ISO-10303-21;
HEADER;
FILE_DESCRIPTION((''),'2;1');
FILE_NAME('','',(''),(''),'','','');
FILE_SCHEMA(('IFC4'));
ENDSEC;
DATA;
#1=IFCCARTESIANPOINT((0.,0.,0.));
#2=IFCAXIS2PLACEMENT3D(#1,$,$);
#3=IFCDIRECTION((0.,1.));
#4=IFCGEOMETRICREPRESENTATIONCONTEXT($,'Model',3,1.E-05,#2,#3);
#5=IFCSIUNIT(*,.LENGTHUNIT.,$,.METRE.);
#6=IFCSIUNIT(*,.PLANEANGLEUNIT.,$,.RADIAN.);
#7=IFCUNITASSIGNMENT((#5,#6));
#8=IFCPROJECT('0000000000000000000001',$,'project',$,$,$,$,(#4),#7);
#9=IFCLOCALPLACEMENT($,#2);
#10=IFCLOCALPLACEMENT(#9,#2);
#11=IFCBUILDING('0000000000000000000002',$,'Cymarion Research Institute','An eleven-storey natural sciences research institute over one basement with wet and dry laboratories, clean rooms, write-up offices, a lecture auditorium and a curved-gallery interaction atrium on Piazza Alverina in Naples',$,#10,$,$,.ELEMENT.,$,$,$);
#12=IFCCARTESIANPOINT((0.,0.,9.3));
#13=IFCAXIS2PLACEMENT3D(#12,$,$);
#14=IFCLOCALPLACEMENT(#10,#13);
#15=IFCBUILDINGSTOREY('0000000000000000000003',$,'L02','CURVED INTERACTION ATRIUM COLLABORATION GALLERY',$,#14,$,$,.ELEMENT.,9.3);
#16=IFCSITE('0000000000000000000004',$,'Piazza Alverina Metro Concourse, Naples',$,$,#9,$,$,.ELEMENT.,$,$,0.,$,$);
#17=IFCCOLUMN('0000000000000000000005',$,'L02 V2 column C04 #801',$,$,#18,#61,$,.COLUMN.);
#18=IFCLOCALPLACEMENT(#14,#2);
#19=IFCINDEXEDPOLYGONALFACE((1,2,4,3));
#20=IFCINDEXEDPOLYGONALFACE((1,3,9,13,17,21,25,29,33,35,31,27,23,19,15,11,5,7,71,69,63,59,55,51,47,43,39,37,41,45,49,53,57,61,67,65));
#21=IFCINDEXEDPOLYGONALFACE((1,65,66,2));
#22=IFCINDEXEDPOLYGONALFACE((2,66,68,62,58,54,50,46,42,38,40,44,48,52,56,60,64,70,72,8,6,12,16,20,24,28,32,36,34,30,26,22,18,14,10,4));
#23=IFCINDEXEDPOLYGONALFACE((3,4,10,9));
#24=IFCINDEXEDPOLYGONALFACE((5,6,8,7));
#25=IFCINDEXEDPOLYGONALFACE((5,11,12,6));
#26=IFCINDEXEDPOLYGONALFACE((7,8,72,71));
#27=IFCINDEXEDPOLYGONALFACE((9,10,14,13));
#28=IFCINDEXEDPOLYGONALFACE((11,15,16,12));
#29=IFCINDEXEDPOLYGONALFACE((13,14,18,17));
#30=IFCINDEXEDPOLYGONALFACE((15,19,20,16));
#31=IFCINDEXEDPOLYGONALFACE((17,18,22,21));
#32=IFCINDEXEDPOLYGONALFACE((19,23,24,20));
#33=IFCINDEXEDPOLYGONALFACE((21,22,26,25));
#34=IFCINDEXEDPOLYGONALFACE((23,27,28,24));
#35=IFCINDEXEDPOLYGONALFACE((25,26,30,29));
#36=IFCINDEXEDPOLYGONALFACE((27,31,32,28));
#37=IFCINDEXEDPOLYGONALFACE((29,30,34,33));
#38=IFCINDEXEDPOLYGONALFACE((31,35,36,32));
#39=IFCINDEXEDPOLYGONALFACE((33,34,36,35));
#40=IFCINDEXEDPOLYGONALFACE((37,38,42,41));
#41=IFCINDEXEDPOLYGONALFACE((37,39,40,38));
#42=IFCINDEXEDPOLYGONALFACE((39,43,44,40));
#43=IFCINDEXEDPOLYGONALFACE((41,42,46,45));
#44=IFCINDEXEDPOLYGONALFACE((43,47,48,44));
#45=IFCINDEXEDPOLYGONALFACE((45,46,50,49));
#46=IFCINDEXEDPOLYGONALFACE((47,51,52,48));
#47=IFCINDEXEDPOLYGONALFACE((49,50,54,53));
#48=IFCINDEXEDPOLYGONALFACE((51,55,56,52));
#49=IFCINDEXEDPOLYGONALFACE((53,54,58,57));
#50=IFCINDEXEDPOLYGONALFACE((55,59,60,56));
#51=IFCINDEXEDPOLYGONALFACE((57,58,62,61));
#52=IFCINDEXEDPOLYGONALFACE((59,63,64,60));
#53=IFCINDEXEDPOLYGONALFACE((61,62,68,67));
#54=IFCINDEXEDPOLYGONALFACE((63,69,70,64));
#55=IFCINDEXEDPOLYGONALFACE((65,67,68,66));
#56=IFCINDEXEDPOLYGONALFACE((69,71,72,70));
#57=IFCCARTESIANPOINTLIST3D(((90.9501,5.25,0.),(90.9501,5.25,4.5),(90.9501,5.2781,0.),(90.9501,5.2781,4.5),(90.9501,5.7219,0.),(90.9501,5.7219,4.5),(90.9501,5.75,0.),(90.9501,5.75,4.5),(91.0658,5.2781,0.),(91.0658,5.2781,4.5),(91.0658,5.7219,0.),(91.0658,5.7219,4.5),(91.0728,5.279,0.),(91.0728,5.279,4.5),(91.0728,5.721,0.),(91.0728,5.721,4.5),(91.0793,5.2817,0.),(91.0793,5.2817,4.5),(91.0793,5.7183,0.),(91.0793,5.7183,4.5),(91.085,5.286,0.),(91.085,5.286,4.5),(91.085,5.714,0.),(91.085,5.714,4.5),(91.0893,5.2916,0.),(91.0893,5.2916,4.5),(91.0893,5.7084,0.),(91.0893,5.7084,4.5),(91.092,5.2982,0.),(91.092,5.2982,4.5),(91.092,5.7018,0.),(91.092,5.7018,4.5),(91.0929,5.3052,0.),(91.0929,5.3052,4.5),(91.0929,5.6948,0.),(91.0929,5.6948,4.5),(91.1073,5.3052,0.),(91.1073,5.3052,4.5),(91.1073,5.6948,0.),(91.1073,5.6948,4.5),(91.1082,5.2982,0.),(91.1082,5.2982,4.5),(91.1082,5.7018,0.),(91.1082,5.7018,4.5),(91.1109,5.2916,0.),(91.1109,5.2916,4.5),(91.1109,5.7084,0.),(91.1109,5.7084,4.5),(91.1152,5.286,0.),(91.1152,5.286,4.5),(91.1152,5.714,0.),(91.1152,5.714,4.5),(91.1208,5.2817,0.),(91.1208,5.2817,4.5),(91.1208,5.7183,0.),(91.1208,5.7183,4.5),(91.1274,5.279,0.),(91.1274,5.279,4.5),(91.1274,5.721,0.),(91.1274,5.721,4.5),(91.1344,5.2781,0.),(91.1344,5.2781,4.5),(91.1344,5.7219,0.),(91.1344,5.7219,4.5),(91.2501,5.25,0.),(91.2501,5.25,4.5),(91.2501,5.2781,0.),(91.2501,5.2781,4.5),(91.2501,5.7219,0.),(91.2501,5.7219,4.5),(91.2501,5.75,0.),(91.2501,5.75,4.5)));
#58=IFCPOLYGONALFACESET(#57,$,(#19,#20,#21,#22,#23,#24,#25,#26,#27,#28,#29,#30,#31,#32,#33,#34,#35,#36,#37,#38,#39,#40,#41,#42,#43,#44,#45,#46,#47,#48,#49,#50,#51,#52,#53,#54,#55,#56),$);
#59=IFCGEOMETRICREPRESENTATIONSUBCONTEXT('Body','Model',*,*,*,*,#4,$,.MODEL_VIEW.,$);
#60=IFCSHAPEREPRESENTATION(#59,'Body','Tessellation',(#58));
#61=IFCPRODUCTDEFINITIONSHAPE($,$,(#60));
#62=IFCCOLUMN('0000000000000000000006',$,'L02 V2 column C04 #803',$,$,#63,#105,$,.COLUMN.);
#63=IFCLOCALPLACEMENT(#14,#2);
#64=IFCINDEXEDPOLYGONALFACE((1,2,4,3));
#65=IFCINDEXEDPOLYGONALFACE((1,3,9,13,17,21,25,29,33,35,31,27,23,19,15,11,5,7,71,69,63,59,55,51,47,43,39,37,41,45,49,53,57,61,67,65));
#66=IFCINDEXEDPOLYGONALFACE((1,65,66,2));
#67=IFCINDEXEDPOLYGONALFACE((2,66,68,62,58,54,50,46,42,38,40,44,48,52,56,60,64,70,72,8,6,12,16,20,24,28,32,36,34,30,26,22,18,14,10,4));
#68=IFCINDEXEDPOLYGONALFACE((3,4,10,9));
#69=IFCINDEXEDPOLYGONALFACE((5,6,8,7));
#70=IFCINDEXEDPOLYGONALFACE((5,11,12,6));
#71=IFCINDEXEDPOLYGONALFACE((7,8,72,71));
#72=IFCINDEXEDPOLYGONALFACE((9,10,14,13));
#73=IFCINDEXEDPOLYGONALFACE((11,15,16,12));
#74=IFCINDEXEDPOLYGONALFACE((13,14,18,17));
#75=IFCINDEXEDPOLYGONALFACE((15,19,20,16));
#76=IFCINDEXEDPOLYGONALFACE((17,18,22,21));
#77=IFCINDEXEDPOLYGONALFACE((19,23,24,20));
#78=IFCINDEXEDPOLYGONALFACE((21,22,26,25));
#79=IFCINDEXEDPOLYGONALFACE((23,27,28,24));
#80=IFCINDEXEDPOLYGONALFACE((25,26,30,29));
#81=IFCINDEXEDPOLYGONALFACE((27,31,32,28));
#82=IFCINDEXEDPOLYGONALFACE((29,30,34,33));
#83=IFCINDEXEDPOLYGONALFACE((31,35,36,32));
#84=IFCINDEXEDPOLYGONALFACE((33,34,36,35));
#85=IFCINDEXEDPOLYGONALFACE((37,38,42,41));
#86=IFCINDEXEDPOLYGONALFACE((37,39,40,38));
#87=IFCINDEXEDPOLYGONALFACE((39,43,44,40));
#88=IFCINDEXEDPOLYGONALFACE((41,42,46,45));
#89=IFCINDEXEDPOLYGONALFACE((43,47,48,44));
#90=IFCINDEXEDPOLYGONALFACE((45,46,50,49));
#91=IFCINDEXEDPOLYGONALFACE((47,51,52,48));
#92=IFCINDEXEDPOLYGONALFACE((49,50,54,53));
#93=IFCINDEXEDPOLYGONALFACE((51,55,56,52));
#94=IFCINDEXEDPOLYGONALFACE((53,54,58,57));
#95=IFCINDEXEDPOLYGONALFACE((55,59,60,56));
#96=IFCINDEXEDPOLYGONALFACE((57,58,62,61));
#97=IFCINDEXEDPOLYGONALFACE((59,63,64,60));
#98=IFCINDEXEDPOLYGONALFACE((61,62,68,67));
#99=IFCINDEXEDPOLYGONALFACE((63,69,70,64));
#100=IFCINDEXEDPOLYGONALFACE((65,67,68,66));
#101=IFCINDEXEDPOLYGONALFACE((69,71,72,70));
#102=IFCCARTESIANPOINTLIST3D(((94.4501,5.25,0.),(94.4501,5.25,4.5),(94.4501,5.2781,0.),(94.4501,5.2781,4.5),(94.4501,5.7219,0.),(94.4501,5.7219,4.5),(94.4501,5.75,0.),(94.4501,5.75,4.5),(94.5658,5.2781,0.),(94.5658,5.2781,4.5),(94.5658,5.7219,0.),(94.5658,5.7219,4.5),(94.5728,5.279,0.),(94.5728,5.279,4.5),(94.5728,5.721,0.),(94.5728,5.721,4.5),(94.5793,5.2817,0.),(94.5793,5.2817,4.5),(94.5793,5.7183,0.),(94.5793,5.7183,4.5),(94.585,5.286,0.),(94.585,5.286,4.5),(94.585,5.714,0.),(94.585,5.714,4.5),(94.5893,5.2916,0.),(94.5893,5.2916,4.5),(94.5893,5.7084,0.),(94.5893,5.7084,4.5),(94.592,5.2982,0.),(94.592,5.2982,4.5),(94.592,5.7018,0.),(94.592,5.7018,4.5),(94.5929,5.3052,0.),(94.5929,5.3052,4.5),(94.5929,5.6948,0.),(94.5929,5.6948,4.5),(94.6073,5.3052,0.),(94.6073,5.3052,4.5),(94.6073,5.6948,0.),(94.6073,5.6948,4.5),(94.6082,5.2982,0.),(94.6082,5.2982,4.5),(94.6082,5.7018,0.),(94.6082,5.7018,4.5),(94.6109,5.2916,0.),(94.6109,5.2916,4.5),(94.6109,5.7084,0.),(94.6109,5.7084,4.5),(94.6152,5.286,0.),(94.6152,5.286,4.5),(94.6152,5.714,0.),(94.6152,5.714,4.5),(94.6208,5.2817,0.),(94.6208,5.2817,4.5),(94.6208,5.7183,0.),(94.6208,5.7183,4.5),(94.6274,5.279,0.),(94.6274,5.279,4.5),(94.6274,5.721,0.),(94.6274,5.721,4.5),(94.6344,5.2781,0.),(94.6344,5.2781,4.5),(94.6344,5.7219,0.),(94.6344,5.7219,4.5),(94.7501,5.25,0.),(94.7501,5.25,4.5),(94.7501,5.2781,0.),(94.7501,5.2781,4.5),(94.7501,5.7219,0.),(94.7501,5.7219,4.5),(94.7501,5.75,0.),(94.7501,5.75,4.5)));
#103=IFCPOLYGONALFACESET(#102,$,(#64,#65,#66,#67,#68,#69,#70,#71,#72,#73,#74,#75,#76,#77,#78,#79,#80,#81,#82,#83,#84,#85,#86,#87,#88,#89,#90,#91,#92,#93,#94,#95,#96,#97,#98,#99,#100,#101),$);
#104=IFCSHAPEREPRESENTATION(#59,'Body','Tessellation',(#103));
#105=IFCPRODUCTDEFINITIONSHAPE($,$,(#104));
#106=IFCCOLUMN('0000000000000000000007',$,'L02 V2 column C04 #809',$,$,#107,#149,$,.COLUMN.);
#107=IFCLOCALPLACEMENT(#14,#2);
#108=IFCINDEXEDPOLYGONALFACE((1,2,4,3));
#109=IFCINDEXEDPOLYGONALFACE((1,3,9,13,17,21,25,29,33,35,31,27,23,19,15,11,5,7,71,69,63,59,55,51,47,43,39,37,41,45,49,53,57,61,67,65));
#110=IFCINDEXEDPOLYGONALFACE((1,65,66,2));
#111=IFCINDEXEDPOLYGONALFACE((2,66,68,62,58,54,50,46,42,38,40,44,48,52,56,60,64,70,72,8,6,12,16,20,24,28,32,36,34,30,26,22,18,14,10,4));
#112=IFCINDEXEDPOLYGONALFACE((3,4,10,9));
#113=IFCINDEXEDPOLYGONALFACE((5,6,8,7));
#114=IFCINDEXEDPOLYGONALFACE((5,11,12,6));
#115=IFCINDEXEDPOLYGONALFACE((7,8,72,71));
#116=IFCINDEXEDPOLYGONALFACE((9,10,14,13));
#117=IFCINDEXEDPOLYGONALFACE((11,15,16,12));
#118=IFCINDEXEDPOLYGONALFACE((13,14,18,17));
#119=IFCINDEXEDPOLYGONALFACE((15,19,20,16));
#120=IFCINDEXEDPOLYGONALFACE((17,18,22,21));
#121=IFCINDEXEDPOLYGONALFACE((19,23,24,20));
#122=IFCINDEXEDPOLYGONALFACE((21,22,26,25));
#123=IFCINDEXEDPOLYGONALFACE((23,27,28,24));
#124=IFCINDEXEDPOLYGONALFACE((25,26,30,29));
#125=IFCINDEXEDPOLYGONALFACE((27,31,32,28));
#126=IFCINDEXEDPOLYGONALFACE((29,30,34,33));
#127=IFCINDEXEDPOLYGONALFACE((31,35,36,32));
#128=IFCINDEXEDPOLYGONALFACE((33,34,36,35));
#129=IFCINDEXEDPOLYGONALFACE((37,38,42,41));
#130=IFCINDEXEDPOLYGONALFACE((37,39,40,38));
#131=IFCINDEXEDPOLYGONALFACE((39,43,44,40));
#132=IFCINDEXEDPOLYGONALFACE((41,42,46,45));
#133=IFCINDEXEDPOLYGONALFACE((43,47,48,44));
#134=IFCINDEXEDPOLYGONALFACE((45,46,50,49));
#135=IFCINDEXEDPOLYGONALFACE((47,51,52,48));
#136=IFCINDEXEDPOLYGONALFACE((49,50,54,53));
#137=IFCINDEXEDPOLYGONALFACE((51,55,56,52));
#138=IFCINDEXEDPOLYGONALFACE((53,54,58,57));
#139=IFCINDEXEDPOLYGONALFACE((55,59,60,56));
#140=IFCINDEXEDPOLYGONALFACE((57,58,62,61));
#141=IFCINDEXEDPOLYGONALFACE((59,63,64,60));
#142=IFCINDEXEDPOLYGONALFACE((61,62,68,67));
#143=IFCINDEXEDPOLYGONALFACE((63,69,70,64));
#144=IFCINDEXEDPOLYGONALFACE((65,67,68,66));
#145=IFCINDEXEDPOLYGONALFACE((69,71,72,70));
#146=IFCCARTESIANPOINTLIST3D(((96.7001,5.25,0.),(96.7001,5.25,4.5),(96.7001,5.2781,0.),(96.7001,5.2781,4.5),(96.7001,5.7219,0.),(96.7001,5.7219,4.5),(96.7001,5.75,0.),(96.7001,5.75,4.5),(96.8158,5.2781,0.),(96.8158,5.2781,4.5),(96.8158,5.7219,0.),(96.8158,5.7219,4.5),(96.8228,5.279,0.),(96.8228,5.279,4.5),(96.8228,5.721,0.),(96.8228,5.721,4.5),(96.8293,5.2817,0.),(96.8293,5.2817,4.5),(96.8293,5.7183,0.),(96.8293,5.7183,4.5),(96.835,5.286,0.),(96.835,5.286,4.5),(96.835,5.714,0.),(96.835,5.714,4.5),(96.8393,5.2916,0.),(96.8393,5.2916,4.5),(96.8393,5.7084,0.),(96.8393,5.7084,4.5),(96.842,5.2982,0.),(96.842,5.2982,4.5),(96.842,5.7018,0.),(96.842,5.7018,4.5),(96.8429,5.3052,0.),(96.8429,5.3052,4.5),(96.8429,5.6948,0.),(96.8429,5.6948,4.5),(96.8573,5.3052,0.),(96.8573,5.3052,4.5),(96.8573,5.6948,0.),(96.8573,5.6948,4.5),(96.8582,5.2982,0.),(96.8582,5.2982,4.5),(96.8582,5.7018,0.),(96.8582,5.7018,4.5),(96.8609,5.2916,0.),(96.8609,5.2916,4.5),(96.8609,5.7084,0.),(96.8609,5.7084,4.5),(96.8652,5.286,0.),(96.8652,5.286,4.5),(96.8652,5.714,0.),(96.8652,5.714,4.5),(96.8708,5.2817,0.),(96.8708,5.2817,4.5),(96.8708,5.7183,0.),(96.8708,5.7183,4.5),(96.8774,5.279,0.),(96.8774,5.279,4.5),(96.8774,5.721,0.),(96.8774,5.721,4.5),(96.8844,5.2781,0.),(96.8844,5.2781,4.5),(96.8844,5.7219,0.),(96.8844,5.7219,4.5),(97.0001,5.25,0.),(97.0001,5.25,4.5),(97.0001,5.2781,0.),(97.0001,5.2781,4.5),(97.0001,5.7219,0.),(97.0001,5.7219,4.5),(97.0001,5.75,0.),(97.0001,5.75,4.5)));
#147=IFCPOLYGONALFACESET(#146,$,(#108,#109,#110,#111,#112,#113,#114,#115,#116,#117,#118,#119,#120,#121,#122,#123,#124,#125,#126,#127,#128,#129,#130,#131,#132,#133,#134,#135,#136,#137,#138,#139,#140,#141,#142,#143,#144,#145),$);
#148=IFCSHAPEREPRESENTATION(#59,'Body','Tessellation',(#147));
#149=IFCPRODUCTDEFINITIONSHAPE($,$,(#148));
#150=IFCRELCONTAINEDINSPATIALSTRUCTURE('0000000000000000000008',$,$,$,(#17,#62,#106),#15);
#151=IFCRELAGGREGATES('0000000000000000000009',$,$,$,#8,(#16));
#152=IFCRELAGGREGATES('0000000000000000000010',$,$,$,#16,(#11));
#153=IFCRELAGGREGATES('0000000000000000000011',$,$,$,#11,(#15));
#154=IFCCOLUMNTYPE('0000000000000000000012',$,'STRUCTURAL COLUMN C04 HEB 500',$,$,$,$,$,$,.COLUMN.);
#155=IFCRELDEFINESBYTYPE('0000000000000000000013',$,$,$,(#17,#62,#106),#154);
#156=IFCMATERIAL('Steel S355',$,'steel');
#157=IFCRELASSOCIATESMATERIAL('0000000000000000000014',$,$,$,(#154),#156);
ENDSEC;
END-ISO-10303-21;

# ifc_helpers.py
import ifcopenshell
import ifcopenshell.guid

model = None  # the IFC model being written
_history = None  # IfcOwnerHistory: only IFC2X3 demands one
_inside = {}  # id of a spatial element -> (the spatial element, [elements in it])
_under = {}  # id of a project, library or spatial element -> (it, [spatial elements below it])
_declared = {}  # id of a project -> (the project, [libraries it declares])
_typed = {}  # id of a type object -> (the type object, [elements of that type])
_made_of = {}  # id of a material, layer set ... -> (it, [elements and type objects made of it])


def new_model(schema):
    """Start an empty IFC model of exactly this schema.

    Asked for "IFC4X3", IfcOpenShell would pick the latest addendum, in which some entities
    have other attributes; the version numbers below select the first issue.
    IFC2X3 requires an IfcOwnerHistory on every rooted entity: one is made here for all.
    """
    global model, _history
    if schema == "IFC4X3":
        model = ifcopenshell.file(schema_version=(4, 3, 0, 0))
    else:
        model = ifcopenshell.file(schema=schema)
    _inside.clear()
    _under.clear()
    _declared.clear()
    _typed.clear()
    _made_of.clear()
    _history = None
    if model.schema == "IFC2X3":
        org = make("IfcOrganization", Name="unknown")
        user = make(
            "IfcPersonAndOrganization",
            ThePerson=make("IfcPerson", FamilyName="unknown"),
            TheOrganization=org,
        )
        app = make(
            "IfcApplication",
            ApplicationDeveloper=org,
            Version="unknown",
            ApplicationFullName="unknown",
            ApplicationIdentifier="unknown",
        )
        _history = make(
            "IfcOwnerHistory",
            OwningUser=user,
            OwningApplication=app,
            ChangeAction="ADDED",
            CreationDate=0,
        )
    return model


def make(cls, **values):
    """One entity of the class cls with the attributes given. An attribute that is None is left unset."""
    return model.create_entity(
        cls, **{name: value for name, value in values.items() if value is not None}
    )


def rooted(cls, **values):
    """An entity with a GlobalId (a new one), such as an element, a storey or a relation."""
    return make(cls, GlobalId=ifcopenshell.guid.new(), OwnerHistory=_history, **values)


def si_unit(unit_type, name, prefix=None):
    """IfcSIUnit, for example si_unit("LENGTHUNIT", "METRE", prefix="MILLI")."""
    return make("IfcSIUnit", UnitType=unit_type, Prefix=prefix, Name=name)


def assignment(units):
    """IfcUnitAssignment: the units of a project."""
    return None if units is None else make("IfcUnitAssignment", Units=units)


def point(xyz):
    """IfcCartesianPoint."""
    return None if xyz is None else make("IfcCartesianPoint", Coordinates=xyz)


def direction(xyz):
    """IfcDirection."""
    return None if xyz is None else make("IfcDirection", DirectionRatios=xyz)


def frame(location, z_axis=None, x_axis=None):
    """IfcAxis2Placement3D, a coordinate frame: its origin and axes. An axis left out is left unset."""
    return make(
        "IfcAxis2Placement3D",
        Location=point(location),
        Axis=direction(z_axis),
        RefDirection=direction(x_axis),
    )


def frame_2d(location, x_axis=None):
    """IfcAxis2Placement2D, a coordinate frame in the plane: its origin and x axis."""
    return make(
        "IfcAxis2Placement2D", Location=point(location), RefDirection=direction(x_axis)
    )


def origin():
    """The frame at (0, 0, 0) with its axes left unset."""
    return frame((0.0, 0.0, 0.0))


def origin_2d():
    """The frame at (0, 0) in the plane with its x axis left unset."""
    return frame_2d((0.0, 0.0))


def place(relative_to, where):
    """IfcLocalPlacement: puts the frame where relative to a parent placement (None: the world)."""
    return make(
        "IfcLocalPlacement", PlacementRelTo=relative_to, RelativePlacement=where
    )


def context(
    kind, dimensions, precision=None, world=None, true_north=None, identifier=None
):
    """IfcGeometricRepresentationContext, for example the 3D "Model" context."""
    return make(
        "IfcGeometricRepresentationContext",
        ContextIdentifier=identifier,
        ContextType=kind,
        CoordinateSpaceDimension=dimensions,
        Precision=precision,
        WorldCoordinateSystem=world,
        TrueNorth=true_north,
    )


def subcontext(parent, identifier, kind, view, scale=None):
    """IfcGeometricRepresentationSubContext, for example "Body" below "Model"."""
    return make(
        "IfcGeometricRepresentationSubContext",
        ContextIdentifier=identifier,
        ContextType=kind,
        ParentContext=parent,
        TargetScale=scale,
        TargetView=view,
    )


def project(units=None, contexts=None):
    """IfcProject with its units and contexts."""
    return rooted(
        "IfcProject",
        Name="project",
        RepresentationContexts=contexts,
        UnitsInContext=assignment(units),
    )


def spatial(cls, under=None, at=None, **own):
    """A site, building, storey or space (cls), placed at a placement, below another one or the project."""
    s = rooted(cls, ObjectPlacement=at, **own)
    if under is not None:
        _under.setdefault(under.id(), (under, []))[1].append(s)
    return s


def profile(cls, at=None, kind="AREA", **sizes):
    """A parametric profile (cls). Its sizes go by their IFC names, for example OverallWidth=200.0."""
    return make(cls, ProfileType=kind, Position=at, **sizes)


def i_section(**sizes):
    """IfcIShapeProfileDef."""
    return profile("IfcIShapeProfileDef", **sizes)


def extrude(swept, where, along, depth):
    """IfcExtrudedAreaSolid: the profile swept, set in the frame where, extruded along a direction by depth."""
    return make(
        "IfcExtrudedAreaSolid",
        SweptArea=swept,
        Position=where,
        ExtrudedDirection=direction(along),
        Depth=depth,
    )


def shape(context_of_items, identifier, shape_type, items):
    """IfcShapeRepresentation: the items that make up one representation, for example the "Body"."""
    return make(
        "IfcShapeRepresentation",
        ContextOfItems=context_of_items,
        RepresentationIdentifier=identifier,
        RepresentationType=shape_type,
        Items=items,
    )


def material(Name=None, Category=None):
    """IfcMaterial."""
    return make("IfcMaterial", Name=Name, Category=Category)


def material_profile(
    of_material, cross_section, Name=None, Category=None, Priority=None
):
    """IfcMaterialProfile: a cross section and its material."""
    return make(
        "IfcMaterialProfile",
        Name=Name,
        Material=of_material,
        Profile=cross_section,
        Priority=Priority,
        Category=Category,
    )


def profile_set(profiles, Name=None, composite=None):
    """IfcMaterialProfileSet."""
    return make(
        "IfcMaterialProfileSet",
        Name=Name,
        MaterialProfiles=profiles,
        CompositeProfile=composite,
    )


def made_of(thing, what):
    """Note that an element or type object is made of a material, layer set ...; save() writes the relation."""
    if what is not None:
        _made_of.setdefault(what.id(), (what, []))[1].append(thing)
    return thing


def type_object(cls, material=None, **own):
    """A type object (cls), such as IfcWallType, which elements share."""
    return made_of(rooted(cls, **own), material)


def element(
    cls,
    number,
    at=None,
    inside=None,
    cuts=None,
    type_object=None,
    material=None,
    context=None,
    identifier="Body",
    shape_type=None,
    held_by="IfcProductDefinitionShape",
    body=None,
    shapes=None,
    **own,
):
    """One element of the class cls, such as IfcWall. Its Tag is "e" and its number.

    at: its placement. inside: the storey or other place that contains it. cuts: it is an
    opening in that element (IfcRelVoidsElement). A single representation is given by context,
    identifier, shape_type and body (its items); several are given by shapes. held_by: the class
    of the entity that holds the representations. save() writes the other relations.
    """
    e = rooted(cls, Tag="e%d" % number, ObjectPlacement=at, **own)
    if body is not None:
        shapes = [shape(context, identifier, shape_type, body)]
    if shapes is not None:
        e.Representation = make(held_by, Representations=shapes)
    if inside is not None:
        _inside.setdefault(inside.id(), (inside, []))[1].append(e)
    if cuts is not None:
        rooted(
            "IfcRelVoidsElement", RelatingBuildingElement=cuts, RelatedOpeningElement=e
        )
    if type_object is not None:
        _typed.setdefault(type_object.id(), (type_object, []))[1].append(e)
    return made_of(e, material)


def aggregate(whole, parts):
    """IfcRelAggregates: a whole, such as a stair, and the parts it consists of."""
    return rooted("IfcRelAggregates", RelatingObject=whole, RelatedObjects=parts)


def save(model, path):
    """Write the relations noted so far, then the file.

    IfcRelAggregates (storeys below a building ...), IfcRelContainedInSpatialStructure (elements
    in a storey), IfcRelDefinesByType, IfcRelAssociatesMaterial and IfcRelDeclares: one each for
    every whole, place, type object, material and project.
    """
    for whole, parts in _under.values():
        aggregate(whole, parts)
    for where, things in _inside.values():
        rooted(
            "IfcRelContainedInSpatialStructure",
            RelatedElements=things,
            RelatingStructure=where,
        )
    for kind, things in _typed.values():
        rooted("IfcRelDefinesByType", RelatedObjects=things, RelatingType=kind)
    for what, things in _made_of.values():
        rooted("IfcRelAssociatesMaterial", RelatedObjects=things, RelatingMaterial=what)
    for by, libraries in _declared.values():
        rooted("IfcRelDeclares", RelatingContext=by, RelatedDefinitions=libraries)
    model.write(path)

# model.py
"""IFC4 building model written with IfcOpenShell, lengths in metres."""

from ifc_helpers import new_model, si_unit, direction, frame, origin, origin_2d, place, context, subcontext, project, spatial, i_section, extrude, material, material_profile, profile_set, type_object, element, save


model = new_model("IFC4")

# Units and contexts
model_context = context("Model", 3, precision=1e-05, world=origin(), true_north=direction((0.0, 1.0)))
body_context = subcontext(model_context, "Body", "Model", "MODEL_VIEW")
ifc_project = project(units=[si_unit("LENGTHUNIT", "METRE"), si_unit("PLANEANGLEUNIT", "RADIAN")], contexts=[model_context])

# Site, building, storey
site_placement = place(None, origin())
site = spatial("IfcSite", under=ifc_project, at=site_placement, Name="Piazza Alverina Metro Concourse, Naples", CompositionType="ELEMENT", RefElevation=0.0)
building_placement = place(site_placement, origin())
building = spatial("IfcBuilding", under=site, at=building_placement, Name="Cymarion Research Institute", Description="An eleven-storey natural sciences research institute over one basement with wet and dry laboratories, clean rooms, write-up offices, a lecture auditorium and a curved-gallery interaction atrium on Piazza Alverina in Naples", CompositionType="ELEMENT")
storey_placement = place(building_placement, frame((0.0, 0.0, 9.3)))
storey = spatial("IfcBuildingStorey", under=building, at=storey_placement, Name="L02", Description="CURVED INTERACTION ATRIUM COLLABORATION GALLERY", CompositionType="ELEMENT", Elevation=9.3)

# Columns
ifc_material_1 = material(Name="Steel S355", Category="steel")
ifc_material_profile_1 = material_profile(ifc_material_1, i_section(OverallWidth=0.3, OverallDepth=0.5, WebThickness=0.0144, FlangeThickness=0.0281, FilletRadius=0.0271, at=origin_2d()), Name="HEB 500")
ifc_profile_set_1 = profile_set([ifc_material_profile_1], Name="Steel S355")
column_type_1 = type_object("IfcColumnType", Name="STRUCTURAL COLUMN C04 HEB 500", PredefinedType="COLUMN", material=ifc_profile_set_1)
for number, where, z_axis, x_axis, name in (
    (1, (91.1001, 5.5, 0.0), (0.0, 0.0, 1.0), (1.0, 0.0, 0.0), "L02 V2 column C04 #801"),
    (2, (94.6001, 5.5, 0.0), (0.0, 0.0, 1.0), (1.0, 0.0, 0.0), "L02 V2 column C04 #803"),
    (3, (96.8501, 5.5, 0.0), (0.0, 0.0, 1.0), (1.0, 0.0, 0.0), "L02 V2 column C04 #809"),
):
    element("IfcColumn", number, at=place(storey_placement, frame(where, z_axis=z_axis, x_axis=x_axis)), inside=storey, type_object=column_type_1, Name=name, PredefinedType="COLUMN", context=body_context, shape_type="SweptSolid", body=[
        extrude(i_section(OverallWidth=0.3, OverallDepth=0.5, WebThickness=0.0144, FlangeThickness=0.0281, FilletRadius=0.0271, at=origin_2d()), origin(), (0.0, 0.0, 1.0), 4.5),
    ])

save(model, "model.ifc")
